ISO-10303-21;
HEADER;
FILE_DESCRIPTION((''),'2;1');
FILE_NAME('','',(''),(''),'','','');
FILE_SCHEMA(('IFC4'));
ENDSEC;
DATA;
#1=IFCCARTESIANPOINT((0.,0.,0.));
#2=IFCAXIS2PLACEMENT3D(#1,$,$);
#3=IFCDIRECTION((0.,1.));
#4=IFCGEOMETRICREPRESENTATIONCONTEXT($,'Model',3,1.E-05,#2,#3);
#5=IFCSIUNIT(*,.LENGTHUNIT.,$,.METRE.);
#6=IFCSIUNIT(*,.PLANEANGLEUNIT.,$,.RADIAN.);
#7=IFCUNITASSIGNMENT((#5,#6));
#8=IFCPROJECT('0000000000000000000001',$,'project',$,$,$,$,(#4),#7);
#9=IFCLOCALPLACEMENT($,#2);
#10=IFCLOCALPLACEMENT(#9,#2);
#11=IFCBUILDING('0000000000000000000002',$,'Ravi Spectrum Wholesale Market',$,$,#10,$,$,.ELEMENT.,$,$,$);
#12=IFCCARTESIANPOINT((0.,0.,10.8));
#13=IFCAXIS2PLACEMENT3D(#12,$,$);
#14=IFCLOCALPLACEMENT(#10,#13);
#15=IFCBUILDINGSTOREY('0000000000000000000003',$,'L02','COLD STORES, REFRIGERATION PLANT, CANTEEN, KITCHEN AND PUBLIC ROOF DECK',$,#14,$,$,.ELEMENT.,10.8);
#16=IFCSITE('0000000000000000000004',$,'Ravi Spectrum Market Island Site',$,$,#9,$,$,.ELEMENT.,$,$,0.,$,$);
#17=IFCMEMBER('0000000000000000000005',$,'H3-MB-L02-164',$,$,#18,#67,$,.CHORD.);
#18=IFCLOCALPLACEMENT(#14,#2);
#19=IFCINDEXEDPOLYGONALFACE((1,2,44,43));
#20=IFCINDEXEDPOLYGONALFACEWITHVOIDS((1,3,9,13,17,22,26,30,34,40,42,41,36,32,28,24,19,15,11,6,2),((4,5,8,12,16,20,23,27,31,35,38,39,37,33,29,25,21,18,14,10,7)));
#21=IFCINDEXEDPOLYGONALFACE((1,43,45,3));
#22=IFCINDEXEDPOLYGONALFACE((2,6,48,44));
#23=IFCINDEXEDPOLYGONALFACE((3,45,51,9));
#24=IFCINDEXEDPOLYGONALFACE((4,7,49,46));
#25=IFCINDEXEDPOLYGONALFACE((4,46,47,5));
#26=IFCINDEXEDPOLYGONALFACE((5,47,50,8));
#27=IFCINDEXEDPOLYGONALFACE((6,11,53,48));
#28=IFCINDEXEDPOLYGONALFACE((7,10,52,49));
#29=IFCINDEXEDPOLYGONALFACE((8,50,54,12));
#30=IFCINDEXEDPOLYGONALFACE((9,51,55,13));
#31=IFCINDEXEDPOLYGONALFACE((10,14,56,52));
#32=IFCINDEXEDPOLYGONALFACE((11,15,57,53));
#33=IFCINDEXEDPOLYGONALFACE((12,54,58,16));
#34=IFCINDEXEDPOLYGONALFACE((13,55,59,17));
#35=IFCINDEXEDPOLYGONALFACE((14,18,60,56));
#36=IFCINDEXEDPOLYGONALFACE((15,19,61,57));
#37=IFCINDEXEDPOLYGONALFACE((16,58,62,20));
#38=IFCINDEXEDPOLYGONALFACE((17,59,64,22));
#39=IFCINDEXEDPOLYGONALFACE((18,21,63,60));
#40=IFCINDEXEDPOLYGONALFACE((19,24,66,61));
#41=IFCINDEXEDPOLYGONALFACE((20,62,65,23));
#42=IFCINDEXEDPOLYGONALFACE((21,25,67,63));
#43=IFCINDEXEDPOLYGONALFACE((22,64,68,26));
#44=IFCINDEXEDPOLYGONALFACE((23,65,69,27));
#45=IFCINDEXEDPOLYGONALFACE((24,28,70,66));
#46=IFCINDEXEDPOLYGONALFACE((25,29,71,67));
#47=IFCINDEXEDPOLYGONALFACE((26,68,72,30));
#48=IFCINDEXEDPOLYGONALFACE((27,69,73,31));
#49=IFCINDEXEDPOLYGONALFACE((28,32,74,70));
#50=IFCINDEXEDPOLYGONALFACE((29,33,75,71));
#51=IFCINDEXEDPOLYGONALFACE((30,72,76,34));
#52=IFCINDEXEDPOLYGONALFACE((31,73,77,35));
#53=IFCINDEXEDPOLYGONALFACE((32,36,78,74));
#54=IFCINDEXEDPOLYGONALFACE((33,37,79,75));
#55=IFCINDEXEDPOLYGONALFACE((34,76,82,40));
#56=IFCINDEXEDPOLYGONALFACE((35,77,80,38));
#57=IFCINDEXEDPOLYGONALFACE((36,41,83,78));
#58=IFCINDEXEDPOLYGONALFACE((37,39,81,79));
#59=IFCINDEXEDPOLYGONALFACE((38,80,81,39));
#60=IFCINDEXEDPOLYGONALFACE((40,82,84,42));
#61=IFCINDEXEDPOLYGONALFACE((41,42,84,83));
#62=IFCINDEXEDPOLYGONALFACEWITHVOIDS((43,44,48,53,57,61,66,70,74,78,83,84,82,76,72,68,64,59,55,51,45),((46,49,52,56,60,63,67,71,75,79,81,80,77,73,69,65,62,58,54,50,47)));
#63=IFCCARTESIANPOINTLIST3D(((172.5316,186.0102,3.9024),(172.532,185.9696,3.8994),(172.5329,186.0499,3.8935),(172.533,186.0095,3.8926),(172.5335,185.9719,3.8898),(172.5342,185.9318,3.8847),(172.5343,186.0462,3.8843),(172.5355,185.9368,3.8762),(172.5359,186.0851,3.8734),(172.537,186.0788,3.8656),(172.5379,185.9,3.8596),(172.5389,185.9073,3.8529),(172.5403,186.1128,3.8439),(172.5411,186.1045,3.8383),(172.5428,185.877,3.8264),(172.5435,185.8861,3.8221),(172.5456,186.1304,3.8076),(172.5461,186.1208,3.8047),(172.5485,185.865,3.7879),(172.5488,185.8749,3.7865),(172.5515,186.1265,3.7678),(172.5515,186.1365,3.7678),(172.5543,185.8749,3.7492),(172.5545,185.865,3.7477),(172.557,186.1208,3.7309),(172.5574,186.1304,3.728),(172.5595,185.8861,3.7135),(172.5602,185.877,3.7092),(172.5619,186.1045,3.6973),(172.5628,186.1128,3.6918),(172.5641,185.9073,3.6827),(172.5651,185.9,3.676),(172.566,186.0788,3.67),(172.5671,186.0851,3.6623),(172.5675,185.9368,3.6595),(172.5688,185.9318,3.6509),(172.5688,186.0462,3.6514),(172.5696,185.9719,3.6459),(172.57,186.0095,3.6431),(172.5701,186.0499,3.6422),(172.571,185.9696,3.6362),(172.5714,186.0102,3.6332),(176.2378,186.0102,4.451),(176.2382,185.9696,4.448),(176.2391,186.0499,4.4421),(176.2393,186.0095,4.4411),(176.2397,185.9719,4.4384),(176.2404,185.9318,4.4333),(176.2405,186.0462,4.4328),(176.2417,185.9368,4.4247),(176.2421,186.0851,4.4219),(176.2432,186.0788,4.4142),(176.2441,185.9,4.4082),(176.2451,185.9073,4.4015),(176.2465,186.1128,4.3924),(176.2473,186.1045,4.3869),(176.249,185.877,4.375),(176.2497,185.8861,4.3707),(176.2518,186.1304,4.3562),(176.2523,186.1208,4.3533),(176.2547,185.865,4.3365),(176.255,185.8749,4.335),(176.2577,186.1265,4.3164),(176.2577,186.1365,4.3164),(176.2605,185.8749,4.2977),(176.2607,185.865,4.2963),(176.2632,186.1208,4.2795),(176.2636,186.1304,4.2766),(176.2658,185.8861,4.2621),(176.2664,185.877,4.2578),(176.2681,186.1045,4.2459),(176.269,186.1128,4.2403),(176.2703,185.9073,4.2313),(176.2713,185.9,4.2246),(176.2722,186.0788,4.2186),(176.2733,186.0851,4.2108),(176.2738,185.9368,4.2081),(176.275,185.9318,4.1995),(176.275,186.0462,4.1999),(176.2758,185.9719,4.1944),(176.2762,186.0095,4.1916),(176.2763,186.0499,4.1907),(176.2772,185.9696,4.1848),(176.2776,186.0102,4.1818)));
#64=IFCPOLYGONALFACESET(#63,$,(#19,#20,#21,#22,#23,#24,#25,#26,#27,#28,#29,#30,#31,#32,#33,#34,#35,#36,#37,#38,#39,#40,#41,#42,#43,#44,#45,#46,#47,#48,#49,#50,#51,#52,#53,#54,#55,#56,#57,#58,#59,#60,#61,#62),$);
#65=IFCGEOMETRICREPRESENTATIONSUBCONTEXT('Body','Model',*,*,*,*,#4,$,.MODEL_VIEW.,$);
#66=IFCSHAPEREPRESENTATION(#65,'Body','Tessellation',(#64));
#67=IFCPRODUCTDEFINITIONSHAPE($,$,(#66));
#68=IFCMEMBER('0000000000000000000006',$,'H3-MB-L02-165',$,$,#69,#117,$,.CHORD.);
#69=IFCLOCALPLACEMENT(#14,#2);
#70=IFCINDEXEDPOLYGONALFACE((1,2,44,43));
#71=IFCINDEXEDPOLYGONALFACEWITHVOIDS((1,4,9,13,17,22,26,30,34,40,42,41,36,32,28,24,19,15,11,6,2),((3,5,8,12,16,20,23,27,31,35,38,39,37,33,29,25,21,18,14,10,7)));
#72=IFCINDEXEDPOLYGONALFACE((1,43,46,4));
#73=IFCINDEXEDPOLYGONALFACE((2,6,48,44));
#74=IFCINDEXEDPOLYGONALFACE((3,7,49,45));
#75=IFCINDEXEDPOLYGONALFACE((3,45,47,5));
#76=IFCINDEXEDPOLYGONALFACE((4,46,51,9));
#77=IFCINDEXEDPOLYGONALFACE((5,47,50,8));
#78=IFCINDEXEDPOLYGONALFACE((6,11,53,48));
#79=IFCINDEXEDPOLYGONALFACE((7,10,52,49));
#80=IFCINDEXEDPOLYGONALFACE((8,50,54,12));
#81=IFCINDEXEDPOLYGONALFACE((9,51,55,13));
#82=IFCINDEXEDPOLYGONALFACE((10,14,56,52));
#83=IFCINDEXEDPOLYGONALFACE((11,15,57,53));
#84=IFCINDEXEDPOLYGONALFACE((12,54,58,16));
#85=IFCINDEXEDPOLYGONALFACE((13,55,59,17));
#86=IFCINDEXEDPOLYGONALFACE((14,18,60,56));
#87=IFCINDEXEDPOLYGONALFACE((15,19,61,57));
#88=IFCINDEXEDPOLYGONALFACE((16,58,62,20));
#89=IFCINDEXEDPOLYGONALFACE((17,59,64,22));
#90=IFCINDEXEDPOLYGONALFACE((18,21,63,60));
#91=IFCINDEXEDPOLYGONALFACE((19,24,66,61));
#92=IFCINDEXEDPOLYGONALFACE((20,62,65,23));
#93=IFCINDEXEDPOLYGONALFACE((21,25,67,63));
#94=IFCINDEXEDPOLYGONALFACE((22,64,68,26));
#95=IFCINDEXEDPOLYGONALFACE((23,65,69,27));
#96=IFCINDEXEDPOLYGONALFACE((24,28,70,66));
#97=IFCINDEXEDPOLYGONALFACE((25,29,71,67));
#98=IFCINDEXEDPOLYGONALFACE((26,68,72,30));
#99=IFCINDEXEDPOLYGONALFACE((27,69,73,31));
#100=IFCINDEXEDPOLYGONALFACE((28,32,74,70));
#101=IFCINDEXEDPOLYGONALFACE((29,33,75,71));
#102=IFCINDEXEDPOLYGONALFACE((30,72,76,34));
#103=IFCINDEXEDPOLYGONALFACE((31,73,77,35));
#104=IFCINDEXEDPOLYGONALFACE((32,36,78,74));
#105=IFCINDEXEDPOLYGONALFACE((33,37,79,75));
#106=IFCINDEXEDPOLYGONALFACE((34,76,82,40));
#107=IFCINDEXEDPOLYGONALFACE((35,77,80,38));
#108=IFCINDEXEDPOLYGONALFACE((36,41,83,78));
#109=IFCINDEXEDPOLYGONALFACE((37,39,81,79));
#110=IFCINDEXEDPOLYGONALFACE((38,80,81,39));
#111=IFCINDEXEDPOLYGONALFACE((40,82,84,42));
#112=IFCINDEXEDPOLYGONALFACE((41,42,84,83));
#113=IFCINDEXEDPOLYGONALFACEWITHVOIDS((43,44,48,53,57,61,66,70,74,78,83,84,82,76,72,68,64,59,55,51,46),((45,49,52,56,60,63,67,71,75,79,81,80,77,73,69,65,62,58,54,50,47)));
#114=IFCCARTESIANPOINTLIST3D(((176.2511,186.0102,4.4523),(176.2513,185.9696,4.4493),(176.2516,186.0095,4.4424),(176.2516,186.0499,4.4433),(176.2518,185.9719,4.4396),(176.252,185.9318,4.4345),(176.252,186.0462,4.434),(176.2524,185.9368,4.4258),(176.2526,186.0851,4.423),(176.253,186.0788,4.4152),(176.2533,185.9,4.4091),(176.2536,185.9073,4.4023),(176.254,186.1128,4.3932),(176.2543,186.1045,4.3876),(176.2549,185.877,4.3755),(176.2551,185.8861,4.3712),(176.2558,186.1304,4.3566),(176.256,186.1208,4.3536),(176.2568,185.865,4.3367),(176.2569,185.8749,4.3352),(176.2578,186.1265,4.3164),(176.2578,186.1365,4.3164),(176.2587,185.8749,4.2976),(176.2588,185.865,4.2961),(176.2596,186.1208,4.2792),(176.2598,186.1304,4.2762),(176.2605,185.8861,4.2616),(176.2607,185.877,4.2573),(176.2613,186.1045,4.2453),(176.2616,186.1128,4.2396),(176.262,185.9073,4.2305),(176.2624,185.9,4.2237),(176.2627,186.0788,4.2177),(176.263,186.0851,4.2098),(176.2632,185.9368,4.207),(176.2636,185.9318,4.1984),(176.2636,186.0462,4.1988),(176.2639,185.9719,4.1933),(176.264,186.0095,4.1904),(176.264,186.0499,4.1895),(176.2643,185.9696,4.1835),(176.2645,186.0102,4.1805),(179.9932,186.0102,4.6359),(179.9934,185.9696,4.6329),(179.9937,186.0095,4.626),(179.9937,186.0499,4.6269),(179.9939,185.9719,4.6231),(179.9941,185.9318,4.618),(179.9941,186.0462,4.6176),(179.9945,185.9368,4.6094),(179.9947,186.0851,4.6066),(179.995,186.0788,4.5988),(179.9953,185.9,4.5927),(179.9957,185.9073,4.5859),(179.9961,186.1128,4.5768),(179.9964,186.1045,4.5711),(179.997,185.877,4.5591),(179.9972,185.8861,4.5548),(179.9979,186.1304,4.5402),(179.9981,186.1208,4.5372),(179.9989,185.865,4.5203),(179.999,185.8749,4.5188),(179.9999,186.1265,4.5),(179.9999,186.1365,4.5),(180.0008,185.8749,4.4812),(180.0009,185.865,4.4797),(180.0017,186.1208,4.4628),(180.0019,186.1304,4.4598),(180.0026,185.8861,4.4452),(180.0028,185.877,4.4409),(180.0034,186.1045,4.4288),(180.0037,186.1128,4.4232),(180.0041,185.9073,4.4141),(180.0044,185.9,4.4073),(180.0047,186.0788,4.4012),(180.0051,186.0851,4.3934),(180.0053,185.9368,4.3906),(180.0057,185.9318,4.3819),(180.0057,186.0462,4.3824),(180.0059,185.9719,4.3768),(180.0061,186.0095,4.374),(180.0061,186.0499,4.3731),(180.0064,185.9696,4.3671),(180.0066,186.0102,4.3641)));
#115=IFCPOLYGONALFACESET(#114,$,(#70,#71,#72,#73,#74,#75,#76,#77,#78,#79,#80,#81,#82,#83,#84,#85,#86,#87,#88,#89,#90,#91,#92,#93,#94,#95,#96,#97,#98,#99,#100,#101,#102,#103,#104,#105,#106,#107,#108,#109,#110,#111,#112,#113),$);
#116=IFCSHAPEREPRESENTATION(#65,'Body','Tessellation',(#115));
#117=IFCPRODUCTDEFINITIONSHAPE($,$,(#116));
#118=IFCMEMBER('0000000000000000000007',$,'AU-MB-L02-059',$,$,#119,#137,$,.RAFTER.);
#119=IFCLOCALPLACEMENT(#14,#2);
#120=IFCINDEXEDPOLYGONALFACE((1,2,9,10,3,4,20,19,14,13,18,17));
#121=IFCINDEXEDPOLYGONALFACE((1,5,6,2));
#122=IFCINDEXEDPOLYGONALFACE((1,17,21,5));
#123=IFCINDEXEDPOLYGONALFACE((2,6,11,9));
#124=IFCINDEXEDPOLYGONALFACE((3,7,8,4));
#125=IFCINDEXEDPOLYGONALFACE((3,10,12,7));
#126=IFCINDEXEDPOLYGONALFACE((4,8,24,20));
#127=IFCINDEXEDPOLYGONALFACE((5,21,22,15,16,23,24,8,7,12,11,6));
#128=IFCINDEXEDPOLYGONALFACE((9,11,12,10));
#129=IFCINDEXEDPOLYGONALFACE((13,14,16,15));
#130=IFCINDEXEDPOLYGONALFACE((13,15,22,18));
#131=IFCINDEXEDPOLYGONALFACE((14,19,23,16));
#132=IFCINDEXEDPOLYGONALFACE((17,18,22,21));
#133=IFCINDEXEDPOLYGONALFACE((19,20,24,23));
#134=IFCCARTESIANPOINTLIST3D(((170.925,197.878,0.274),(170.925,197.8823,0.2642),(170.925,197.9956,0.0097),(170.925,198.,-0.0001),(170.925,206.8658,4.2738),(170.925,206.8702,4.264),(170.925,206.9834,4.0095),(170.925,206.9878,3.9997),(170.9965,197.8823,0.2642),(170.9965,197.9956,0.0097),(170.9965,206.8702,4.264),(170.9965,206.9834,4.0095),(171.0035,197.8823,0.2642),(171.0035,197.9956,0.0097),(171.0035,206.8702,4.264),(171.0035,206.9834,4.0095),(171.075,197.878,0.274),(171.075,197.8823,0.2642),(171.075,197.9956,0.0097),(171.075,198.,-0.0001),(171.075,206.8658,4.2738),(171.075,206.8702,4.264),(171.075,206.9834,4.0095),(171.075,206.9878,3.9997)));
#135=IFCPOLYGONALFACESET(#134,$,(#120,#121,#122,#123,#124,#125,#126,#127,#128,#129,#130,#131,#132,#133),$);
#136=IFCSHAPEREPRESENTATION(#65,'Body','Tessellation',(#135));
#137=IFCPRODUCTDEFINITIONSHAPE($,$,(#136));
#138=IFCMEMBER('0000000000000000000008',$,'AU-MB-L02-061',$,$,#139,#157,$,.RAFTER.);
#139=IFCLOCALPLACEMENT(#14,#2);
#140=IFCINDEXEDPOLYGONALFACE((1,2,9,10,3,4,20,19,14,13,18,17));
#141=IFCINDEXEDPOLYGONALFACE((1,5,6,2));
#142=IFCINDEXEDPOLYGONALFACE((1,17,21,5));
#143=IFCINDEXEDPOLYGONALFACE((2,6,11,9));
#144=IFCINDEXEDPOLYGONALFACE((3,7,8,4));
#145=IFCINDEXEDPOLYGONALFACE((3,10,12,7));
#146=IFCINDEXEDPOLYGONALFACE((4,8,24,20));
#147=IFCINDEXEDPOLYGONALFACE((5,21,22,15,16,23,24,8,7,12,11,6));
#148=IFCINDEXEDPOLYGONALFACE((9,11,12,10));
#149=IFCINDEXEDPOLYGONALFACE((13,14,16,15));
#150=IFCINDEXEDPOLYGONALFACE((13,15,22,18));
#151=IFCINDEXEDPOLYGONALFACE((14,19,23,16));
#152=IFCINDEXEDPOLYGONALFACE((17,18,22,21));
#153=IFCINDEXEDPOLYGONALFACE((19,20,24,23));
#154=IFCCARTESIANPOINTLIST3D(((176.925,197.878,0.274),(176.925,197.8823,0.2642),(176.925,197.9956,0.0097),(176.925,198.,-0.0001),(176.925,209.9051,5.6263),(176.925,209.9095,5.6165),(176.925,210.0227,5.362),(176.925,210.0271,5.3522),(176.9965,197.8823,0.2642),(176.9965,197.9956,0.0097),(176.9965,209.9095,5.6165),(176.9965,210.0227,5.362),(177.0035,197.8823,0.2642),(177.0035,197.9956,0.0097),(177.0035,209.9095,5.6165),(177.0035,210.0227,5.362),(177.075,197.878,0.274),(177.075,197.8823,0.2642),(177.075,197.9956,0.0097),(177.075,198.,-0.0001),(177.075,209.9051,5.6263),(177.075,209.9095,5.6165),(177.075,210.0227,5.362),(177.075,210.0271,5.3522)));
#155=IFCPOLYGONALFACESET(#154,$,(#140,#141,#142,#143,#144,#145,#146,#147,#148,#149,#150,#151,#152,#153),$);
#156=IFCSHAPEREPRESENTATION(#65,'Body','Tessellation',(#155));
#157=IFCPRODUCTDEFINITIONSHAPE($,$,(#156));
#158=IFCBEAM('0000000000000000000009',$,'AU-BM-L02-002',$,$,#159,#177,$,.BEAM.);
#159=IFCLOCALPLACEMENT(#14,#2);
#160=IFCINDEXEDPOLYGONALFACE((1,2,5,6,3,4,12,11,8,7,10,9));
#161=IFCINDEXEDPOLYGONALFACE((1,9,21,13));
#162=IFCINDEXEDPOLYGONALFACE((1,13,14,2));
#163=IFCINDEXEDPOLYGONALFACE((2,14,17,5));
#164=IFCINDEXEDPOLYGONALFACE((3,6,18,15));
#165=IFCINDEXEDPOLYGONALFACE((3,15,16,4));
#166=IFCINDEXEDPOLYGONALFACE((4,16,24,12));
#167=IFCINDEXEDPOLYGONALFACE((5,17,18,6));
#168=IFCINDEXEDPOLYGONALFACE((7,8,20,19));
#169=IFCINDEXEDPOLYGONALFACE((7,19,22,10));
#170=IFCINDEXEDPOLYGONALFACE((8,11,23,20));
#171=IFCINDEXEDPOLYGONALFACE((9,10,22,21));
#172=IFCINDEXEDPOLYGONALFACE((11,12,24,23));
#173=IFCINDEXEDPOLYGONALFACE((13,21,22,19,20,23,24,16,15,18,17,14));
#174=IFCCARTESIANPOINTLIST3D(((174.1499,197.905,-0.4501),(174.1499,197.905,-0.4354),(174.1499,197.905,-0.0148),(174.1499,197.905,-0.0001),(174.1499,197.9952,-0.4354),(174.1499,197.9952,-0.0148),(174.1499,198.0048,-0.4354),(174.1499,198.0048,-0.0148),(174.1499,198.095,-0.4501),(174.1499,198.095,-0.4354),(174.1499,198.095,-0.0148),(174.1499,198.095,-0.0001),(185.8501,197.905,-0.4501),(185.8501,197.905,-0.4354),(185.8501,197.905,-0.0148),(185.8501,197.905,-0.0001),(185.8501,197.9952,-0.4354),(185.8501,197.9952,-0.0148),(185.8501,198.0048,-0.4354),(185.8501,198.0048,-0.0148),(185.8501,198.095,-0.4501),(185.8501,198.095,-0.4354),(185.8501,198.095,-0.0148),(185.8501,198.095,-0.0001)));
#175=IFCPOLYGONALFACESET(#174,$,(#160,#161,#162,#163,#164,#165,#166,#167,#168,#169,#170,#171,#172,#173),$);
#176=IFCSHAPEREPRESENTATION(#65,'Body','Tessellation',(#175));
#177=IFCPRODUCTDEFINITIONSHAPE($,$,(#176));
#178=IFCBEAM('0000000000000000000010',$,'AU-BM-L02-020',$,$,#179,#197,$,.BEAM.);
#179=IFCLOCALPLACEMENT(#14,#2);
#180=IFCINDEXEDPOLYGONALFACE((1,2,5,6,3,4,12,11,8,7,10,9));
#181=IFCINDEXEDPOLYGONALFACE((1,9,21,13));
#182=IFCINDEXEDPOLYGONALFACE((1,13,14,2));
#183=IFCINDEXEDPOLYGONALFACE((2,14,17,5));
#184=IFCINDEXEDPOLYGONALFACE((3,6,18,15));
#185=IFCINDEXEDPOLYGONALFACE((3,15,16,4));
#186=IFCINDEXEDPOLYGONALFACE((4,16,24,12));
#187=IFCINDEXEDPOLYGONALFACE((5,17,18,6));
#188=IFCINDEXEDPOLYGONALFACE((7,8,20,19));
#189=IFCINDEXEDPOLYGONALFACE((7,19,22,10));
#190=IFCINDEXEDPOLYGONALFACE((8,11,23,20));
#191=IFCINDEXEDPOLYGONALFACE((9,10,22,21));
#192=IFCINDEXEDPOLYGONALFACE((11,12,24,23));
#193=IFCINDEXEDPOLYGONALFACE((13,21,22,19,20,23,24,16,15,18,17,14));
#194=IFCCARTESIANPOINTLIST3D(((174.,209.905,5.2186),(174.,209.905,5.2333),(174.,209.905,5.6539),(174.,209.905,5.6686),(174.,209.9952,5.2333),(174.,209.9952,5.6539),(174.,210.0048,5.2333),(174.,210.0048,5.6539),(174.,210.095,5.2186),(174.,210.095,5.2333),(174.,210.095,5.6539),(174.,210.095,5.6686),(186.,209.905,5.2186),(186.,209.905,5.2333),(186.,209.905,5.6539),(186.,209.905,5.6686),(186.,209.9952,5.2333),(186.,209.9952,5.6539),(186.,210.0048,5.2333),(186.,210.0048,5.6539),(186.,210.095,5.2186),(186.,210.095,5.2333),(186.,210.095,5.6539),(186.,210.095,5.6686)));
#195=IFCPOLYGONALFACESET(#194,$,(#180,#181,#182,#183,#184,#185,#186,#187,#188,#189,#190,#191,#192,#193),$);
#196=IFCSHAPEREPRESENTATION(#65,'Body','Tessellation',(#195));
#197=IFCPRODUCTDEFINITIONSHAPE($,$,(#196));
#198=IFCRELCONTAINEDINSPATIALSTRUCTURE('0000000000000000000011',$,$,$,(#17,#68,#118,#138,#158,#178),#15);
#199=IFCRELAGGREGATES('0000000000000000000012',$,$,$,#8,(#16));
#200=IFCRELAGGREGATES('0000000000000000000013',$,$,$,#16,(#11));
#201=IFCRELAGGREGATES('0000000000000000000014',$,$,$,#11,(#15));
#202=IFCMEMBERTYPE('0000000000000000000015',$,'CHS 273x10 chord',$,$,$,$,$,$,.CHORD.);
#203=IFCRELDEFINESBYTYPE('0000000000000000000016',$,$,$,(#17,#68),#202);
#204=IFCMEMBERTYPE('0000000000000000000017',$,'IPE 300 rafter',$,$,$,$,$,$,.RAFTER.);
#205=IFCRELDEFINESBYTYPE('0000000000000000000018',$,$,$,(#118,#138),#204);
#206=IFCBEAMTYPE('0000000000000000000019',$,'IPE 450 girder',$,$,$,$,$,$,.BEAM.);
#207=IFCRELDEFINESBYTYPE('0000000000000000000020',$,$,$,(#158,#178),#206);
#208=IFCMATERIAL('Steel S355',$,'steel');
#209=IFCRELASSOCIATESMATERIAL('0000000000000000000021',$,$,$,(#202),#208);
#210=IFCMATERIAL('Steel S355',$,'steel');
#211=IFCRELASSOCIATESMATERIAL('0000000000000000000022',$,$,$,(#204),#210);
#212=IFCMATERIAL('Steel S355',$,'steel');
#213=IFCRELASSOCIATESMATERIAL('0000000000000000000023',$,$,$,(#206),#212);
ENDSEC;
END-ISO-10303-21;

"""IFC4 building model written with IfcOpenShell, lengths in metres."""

from ifc_helpers import new_model, si_unit, direction, frame, origin, origin_2d, place, context, subcontext, project, spatial, hollow_circle, i_section, extrude, material, material_profile, profile_set, type_object, element, save


model = new_model("IFC4")

# Units and contexts
model_context = context("Model", 3, precision=1e-05, world=origin(), true_north=direction((0.0, 1.0)))
body_context = subcontext(model_context, "Body", "Model", "MODEL_VIEW")
ifc_project = project(units=[si_unit("LENGTHUNIT", "METRE"), si_unit("PLANEANGLEUNIT", "RADIAN")], contexts=[model_context])

# Site, building, storey
site_placement = place(None, origin())
site = spatial("IfcSite", under=ifc_project, at=site_placement, Name="Ravi Spectrum Market Island Site", CompositionType="ELEMENT", RefElevation=0.0)
building_placement = place(site_placement, origin())
building = spatial("IfcBuilding", under=site, at=building_placement, Name="Ravi Spectrum Wholesale Market", CompositionType="ELEMENT")
storey_placement = place(building_placement, frame((0.0, 0.0, 10.8)))
storey = spatial("IfcBuildingStorey", under=building, at=storey_placement, Name="L02", Description="COLD STORES, REFRIGERATION PLANT, CANTEEN, KITCHEN AND PUBLIC ROOF DECK", CompositionType="ELEMENT", Elevation=10.8)

# Members
ifc_material_1 = material(Name="Steel S355", Category="steel")
ifc_material_profile_1 = material_profile(ifc_material_1, hollow_circle(Radius=0.1365, WallThickness=0.01, at=origin_2d()))
ifc_profile_set_1 = profile_set([ifc_material_profile_1], Name="Steel S355")
member_type_1 = type_object("IfcMemberType", Name="CHS 273x10 chord", PredefinedType="CHORD", material=ifc_profile_set_1)
for number, where, z_axis, x_axis, name in (
    (1, (172.5515, 186.0, 3.7678), (0.989223, 0.0, 0.146419), (0.0, 1.0, 0.0), "H3-MB-L02-164"),
    (2, (176.2578, 186.0, 4.3164), (0.998799, 0.0, 0.049002), (0.0, 1.0, 0.0), "H3-MB-L02-165"),
):
    element("IfcMember", number, at=place(storey_placement, frame(where, z_axis=z_axis, x_axis=x_axis)), inside=storey, type_object=member_type_1, Name=name, PredefinedType="CHORD", context=body_context, shape_type="SweptSolid", body=[
        extrude(hollow_circle(Radius=0.1365, WallThickness=0.01, at=origin_2d()), origin(), (0.0, 0.0, 1.0), 3.7466),
    ])
ifc_material_2 = material(Name="Steel S355", Category="steel")
ifc_material_profile_2 = material_profile(ifc_material_2, i_section(OverallWidth=0.1499, OverallDepth=0.3, WebThickness=0.0071, FlangeThickness=0.0107, at=origin_2d()))
ifc_profile_set_2 = profile_set([ifc_material_profile_2], Name="Steel S355")
member_type_2 = type_object("IfcMemberType", Name="IPE 300 rafter", PredefinedType="RAFTER", material=ifc_profile_set_2)
member_1_placement = place(storey_placement, frame((171.0, 197.939, 0.137), z_axis=(0.0, 0.913616, 0.406578), x_axis=(-1.0, 0.0, 0.0)))
element("IfcMember", 3, at=member_1_placement, inside=storey, type_object=member_type_2, Name="AU-MB-L02-059", PredefinedType="RAFTER", context=body_context, shape_type="SweptSolid", body=[
    extrude(i_section(OverallWidth=0.1499, OverallDepth=0.3, WebThickness=0.0071, FlangeThickness=0.0107, at=origin_2d()), origin(), (0.0, 0.0, 1.0), 9.8376),
])
member_2_placement = place(storey_placement, frame((177.0, 197.939, 0.137), z_axis=(0.0, 0.913616, 0.406577), x_axis=(-1.0, 0.0, 0.0)))
element("IfcMember", 4, at=member_2_placement, inside=storey, type_object=member_type_2, Name="AU-MB-L02-061", PredefinedType="RAFTER", context=body_context, shape_type="SweptSolid", body=[
    extrude(i_section(OverallWidth=0.1499, OverallDepth=0.3, WebThickness=0.0071, FlangeThickness=0.0107, at=origin_2d()), origin(), (0.0, 0.0, 1.0), 13.1643),
])

# Beams
ifc_material_3 = material(Name="Steel S355", Category="steel")
ifc_material_profile_3 = material_profile(ifc_material_3, i_section(OverallWidth=0.1899, OverallDepth=0.45, WebThickness=0.0095, FlangeThickness=0.0146, at=origin_2d()))
ifc_profile_set_3 = profile_set([ifc_material_profile_3], Name="Steel S355")
beam_type = type_object("IfcBeamType", Name="IPE 450 girder", PredefinedType="BEAM", material=ifc_profile_set_3)
beam_placement = place(storey_placement, frame((174.1499, 198.0, -0.2251), z_axis=(1.0, 0.0, 0.0), x_axis=(0.0, 1.0, 0.0)))
element("IfcBeam", 5, at=beam_placement, inside=storey, type_object=beam_type, Name="AU-BM-L02-002", PredefinedType="BEAM", context=body_context, shape_type="SweptSolid", body=[
    extrude(i_section(OverallWidth=0.1899, OverallDepth=0.45, WebThickness=0.0095, FlangeThickness=0.0146, at=origin_2d()), origin(), (0.0, 0.0, 1.0), 11.7002),
])
for number, where, z_axis, x_axis, name in (
    (6, (174.0, 210.0, 5.4436), (1.0, 0.0, 0.0), (0.0, 1.0, 0.0), "AU-BM-L02-020"),
):
    element("IfcBeam", number, at=place(storey_placement, frame(where, z_axis=z_axis, x_axis=x_axis)), inside=storey, type_object=beam_type, Name=name, PredefinedType="BEAM", context=body_context, shape_type="SweptSolid", body=[
        extrude(i_section(OverallWidth=0.1899, OverallDepth=0.45, WebThickness=0.0095, FlangeThickness=0.0146, at=origin_2d()), origin(), (0.0, 0.0, 1.0), 12.0),
    ])

save(model, "model.ifc")
